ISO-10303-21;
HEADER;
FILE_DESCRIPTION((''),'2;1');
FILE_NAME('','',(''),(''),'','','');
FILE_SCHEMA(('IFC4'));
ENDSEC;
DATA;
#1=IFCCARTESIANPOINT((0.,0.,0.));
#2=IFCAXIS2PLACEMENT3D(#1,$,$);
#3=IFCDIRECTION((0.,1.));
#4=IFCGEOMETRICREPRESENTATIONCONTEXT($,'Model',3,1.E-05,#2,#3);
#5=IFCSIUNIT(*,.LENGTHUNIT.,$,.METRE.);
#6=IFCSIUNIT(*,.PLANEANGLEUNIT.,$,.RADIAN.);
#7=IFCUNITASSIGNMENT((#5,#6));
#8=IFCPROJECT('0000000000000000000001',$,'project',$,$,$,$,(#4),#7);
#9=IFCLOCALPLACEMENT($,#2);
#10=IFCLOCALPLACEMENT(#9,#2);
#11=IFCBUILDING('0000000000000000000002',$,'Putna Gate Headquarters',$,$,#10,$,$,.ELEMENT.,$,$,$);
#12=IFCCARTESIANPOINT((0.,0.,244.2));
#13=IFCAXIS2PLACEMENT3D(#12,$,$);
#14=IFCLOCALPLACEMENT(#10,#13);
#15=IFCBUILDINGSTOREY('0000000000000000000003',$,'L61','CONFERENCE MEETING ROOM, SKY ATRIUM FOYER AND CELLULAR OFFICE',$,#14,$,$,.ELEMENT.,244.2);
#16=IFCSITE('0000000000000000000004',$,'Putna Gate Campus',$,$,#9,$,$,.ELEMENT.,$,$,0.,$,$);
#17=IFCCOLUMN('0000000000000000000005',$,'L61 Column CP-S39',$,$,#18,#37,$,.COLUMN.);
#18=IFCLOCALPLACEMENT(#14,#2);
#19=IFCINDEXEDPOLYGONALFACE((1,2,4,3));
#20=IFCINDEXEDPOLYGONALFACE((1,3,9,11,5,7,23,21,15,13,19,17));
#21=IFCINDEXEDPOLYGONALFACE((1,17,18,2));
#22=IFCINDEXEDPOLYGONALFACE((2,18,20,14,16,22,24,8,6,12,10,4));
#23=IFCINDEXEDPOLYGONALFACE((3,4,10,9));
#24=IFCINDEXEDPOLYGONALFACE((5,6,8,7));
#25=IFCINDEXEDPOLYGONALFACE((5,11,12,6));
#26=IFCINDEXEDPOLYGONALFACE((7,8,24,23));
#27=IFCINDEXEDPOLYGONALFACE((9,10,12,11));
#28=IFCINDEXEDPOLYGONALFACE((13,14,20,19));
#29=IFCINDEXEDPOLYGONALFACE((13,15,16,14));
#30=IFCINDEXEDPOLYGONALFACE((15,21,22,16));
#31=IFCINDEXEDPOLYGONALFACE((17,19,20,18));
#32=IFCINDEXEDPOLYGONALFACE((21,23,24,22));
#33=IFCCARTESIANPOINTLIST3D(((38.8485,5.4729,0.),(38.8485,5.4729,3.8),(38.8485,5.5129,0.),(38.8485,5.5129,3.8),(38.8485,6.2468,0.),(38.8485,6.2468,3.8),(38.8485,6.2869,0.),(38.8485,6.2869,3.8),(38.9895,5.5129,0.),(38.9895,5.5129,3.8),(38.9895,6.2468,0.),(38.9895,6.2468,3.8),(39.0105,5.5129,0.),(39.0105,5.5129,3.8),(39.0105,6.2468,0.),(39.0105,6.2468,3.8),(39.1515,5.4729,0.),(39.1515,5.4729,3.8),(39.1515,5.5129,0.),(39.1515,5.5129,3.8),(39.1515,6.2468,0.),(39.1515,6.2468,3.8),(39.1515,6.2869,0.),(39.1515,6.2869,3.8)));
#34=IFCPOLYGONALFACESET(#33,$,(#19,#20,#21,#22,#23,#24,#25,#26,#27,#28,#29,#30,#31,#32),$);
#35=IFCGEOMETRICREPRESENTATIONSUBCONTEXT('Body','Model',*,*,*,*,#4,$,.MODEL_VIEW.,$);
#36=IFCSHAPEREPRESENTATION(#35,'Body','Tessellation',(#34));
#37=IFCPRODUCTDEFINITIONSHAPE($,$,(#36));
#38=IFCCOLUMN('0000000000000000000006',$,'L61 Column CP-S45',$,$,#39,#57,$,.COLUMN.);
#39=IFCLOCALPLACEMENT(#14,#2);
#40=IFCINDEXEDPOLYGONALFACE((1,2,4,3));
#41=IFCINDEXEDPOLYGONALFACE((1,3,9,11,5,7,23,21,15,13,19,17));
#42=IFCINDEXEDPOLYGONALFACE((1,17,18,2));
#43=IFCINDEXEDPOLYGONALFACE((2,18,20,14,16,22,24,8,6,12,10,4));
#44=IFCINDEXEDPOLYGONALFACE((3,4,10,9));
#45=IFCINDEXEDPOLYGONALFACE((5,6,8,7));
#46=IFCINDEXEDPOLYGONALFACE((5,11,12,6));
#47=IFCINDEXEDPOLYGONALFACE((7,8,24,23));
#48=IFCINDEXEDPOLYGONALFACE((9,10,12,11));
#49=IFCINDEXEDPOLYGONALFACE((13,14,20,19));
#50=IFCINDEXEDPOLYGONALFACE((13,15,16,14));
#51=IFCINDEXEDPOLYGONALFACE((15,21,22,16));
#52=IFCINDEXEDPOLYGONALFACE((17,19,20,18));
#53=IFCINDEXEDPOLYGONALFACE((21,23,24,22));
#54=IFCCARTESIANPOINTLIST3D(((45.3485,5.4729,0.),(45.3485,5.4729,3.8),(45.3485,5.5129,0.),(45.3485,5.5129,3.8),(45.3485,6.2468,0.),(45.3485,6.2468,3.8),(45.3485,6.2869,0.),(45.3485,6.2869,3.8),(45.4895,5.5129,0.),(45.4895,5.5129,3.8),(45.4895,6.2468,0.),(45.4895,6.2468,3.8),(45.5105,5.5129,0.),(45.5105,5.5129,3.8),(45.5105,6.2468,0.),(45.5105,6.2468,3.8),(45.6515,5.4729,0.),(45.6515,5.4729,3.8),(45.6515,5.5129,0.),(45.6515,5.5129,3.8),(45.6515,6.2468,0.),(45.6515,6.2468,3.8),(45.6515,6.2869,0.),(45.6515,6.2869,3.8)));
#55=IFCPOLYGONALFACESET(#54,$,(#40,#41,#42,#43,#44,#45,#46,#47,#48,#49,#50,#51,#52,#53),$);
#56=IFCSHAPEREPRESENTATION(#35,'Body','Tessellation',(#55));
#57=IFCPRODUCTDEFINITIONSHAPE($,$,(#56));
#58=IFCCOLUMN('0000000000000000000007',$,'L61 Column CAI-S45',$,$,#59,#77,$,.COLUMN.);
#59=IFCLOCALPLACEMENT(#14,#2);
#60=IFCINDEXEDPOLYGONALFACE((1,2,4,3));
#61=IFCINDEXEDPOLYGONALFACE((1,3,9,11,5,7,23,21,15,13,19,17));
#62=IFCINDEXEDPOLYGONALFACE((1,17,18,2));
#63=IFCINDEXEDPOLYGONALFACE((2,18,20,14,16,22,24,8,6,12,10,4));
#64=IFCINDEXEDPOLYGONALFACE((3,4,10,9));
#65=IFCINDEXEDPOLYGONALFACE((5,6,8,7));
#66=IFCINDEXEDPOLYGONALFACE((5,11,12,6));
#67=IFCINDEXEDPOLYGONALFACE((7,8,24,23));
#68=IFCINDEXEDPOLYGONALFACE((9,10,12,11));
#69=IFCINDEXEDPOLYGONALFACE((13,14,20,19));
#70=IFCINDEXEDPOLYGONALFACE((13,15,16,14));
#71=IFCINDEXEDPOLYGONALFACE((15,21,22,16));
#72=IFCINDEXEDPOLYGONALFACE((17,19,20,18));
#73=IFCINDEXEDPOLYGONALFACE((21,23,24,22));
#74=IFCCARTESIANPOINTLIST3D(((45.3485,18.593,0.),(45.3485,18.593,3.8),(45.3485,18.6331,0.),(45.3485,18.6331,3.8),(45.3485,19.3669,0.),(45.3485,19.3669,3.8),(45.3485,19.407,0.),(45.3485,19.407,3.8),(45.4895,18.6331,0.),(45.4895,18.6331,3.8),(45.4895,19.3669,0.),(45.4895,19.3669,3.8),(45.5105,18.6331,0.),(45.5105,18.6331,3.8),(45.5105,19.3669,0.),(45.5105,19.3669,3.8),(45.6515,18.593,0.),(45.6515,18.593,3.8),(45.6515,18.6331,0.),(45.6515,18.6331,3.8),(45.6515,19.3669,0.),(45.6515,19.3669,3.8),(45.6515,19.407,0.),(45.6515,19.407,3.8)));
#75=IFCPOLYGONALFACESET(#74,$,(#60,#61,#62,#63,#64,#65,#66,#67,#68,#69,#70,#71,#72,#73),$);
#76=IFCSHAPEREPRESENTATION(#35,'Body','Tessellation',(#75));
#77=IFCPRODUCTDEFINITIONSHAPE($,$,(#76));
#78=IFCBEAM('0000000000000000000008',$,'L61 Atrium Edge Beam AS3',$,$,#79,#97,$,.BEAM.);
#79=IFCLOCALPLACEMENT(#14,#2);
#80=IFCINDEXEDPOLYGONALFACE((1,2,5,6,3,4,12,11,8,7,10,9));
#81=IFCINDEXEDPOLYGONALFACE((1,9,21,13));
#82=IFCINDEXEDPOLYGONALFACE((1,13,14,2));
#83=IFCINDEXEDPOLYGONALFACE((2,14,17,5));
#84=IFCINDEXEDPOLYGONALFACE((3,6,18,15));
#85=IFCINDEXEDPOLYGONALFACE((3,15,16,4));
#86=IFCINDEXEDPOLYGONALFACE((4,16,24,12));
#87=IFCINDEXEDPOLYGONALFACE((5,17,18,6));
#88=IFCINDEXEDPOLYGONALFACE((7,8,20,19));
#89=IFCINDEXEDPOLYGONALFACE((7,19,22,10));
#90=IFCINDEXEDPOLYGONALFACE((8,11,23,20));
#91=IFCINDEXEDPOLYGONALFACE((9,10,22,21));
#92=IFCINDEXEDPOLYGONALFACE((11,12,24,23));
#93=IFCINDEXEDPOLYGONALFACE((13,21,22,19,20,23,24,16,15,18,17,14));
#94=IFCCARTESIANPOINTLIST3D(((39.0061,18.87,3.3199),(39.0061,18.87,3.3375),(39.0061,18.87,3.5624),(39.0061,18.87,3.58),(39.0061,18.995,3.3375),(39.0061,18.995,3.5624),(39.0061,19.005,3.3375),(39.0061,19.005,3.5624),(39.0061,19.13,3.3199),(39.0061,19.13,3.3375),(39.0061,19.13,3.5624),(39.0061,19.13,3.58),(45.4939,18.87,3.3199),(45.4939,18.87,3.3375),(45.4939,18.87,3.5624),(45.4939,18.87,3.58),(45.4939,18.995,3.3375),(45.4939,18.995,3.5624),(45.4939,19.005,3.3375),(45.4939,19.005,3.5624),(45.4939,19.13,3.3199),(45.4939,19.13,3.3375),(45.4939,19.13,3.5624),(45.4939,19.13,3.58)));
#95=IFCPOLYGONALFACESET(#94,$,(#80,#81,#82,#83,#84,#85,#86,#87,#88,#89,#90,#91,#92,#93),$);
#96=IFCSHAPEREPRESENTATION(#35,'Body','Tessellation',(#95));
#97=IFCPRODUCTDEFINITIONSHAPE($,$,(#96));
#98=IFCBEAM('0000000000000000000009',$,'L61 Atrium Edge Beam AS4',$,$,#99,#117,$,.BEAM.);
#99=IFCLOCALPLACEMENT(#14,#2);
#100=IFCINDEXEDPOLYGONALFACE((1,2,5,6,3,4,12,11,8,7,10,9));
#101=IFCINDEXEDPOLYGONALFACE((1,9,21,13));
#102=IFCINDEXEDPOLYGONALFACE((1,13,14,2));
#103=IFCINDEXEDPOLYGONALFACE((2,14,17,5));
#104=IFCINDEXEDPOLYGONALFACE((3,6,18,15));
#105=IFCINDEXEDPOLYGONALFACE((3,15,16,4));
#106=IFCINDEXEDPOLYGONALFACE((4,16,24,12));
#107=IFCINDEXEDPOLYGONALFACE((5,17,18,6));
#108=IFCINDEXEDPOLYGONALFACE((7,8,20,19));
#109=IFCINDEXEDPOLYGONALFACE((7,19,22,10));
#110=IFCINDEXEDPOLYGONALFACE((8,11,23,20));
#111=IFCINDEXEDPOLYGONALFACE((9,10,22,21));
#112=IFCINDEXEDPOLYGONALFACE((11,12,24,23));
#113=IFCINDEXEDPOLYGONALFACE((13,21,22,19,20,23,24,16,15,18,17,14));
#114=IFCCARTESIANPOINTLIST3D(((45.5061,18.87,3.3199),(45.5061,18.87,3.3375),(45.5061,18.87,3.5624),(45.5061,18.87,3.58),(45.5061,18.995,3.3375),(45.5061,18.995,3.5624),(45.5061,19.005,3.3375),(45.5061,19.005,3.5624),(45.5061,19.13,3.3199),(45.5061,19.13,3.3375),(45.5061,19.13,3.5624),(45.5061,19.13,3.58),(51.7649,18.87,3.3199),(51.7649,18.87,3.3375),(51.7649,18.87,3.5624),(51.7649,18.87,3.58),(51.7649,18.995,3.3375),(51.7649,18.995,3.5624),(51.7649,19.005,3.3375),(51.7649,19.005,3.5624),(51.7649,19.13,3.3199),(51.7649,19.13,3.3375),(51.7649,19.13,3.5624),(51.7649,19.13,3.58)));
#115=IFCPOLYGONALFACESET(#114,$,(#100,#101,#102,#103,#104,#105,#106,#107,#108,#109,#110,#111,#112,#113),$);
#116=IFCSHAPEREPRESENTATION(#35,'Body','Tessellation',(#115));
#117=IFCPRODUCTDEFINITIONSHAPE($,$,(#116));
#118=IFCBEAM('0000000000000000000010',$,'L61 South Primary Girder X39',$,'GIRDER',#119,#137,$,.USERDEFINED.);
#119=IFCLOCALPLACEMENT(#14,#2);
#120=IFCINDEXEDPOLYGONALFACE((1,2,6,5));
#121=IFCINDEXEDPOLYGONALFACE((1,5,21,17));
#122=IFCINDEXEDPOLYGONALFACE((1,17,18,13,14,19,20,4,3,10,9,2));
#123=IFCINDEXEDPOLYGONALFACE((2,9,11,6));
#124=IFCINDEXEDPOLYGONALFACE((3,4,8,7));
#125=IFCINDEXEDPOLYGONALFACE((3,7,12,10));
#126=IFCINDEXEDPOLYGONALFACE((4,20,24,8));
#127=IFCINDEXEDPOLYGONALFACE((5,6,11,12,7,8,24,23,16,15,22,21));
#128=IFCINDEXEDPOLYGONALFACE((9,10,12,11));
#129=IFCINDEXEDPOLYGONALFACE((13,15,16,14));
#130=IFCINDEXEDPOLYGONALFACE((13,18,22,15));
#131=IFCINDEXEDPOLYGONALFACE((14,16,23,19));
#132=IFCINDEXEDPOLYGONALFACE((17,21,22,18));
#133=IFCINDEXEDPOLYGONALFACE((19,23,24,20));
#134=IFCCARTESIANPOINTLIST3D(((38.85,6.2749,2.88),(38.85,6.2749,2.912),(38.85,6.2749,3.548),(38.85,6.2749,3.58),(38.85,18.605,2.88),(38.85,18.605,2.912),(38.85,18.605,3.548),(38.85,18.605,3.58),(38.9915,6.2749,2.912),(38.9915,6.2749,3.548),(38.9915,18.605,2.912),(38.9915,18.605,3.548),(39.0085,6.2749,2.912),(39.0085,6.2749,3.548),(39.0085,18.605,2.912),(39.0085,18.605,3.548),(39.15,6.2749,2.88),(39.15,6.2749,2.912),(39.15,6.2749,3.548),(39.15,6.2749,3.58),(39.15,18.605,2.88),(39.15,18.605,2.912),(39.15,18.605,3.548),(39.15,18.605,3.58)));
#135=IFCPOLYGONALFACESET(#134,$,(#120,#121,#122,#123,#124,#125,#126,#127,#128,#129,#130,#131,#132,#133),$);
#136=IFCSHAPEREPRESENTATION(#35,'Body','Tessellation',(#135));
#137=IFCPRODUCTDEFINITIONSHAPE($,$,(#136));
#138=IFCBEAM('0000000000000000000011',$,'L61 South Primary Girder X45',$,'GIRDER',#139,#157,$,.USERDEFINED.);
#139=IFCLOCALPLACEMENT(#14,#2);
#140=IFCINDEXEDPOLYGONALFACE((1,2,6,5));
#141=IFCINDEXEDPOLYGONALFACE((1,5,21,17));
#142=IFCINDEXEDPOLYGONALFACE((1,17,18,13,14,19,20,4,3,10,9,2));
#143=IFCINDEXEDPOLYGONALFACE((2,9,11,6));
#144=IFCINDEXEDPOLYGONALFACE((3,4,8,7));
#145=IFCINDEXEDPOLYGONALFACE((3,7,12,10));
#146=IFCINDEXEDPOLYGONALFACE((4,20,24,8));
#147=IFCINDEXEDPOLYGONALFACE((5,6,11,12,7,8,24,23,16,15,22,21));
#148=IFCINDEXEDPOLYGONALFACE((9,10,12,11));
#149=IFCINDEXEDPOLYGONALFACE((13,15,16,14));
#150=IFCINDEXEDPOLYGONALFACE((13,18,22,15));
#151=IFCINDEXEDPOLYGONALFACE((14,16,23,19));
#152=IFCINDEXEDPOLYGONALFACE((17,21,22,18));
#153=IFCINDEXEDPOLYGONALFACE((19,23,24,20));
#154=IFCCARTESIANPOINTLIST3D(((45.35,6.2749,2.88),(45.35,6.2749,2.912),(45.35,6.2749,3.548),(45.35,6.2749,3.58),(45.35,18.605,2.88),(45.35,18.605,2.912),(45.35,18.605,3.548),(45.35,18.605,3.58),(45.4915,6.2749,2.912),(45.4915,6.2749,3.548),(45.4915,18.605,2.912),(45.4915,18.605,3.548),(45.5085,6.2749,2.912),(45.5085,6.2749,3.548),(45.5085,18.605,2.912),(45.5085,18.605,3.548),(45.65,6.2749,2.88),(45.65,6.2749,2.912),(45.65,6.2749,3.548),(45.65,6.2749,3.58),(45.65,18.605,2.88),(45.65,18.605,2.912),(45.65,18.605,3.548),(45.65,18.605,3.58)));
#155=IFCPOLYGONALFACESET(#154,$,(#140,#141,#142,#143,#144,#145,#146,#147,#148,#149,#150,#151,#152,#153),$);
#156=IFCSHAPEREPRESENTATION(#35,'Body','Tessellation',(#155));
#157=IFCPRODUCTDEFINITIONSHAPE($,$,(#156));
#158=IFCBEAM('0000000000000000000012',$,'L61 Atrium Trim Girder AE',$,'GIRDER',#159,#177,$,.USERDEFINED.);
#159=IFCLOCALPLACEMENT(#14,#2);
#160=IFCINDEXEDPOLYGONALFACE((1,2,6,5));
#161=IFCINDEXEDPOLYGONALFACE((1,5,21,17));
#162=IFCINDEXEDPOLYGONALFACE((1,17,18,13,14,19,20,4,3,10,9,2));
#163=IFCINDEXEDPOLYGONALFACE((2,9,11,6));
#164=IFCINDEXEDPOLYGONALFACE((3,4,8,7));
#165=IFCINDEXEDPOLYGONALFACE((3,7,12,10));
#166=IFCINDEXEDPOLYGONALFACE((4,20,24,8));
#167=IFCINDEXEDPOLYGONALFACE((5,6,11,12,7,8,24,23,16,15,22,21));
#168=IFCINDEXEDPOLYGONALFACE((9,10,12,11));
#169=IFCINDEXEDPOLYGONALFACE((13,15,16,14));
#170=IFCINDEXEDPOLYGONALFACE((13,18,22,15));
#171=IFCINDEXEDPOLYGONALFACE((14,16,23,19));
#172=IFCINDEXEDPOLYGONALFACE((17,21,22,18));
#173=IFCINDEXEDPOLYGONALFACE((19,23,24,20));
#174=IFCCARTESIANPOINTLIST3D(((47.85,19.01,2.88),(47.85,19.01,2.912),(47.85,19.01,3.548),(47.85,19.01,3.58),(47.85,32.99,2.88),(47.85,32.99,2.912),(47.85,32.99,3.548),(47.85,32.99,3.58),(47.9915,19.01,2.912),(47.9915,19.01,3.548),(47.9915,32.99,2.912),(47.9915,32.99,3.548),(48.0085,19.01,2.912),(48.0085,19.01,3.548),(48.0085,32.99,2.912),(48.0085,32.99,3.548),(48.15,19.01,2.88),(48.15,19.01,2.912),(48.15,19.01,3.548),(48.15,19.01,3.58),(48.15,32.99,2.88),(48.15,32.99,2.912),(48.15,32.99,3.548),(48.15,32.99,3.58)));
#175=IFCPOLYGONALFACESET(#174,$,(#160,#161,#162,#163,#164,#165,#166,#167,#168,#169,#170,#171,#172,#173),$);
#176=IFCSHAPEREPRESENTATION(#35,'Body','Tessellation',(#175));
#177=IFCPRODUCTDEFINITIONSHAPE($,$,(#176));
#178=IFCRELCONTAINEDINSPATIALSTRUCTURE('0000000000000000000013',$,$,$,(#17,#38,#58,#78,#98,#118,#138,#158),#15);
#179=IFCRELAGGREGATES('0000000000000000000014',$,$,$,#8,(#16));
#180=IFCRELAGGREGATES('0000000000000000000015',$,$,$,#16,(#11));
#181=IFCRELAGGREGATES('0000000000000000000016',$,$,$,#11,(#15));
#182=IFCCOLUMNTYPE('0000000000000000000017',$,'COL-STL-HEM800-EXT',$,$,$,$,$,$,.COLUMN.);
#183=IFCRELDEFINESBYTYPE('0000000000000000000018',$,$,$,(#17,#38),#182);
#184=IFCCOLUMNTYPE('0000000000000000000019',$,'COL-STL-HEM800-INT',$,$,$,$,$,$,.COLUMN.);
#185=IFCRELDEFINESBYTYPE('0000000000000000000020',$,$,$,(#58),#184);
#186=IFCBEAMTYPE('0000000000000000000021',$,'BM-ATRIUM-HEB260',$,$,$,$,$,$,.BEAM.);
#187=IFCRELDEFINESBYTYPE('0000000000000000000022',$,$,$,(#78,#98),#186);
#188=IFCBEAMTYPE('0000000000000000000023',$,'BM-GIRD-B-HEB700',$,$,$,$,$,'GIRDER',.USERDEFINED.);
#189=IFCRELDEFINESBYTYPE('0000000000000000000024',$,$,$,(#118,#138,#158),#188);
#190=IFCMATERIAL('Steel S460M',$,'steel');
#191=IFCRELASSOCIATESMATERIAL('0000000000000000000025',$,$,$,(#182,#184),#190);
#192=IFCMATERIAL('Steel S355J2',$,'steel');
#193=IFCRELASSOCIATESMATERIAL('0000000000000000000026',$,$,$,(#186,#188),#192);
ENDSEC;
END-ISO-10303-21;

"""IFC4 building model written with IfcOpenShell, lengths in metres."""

from ifc_helpers import new_model, si_unit, direction, frame, origin, origin_2d, place, context, subcontext, project, spatial, i_section, extrude, material, material_profile, profile_set, type_object, element, save


model = new_model("IFC4")

# Units and contexts
model_context = context("Model", 3, precision=1e-05, world=origin(), true_north=direction((0.0, 1.0)))
body_context = subcontext(model_context, "Body", "Model", "MODEL_VIEW")
ifc_project = project(units=[si_unit("LENGTHUNIT", "METRE"), si_unit("PLANEANGLEUNIT", "RADIAN")], contexts=[model_context])

# Site, building, storey
site_placement = place(None, origin())
site = spatial("IfcSite", under=ifc_project, at=site_placement, Name="Putna Gate Campus", CompositionType="ELEMENT", RefElevation=0.0)
building_placement = place(site_placement, origin())
building = spatial("IfcBuilding", under=site, at=building_placement, Name="Putna Gate Headquarters", CompositionType="ELEMENT")
storey_placement = place(building_placement, frame((0.0, 0.0, 244.2)))
storey = spatial("IfcBuildingStorey", under=building, at=storey_placement, Name="L61", Description="CONFERENCE MEETING ROOM, SKY ATRIUM FOYER AND CELLULAR OFFICE", CompositionType="ELEMENT", Elevation=244.2)

# Columns
ifc_material_1 = material(Name="Steel S460M", Category="steel")
ifc_material_profile_1 = material_profile(ifc_material_1, i_section(OverallWidth=0.303, OverallDepth=0.814, WebThickness=0.021, FlangeThickness=0.04, at=origin_2d()), Name="Steel S460M")
ifc_profile_set_1 = profile_set([ifc_material_profile_1], Name="Steel S460M")
column_type_1 = type_object("IfcColumnType", Name="COL-STL-HEM800-EXT", PredefinedType="COLUMN", material=ifc_profile_set_1)
for number, where, z_axis, x_axis, name in (
    (1, (39.0, 5.8799, 0.0), (0.0, 0.0, 1.0), (1.0, 0.0, 0.0), "L61 Column CP-S39"),
    (2, (45.5, 5.8799, 0.0), (0.0, 0.0, 1.0), (1.0, 0.0, 0.0), "L61 Column CP-S45"),
):
    element("IfcColumn", number, at=place(storey_placement, frame(where, z_axis=z_axis, x_axis=x_axis)), inside=storey, type_object=column_type_1, Name=name, PredefinedType="COLUMN", context=body_context, shape_type="SweptSolid", body=[
        extrude(i_section(OverallWidth=0.303, OverallDepth=0.814, WebThickness=0.021, FlangeThickness=0.04, at=origin_2d()), origin(), (0.0, 0.0, 1.0), 3.8),
    ])
ifc_material_profile_2 = material_profile(ifc_material_1, i_section(OverallWidth=0.303, OverallDepth=0.814, WebThickness=0.021, FlangeThickness=0.04, at=origin_2d()), Name="Steel S460M")
ifc_profile_set_2 = profile_set([ifc_material_profile_2], Name="Steel S460M")
column_type_2 = type_object("IfcColumnType", Name="COL-STL-HEM800-INT", PredefinedType="COLUMN", material=ifc_profile_set_2)
column_placement = place(storey_placement, frame((45.5, 19.0, 0.0), z_axis=(0.0, 0.0, 1.0), x_axis=(1.0, 0.0, 0.0)))
element("IfcColumn", 3, at=column_placement, inside=storey, type_object=column_type_2, Name="L61 Column CAI-S45", PredefinedType="COLUMN", context=body_context, shape_type="SweptSolid", body=[
    extrude(i_section(OverallWidth=0.303, OverallDepth=0.814, WebThickness=0.021, FlangeThickness=0.04, at=origin_2d()), origin(), (0.0, 0.0, 1.0), 3.8),
])

# Beams
ifc_material_2 = material(Name="Steel S355J2", Category="steel")
ifc_material_profile_3 = material_profile(ifc_material_2, i_section(OverallWidth=0.26, OverallDepth=0.26, WebThickness=0.01, FlangeThickness=0.0176, at=origin_2d()), Name="Steel S355J2")
ifc_profile_set_3 = profile_set([ifc_material_profile_3], Name="Steel S355J2")
beam_type_1 = type_object("IfcBeamType", Name="BM-ATRIUM-HEB260", PredefinedType="BEAM", material=ifc_profile_set_3)
beam_1_placement = place(storey_placement, frame((39.0061, 19.0, 3.45), z_axis=(1.0, 0.0, 0.0), x_axis=(0.0, 1.0, 0.0)))
element("IfcBeam", 4, at=beam_1_placement, inside=storey, type_object=beam_type_1, Name="L61 Atrium Edge Beam AS3", PredefinedType="BEAM", context=body_context, shape_type="SweptSolid", body=[
    extrude(i_section(OverallWidth=0.26, OverallDepth=0.26, WebThickness=0.01, FlangeThickness=0.0176, at=origin_2d()), origin(), (0.0, 0.0, 1.0), 6.4878),
])
beam_2_placement = place(storey_placement, frame((45.5061, 19.0, 3.45), z_axis=(1.0, 0.0, 0.0), x_axis=(0.0, 1.0, 0.0)))
element("IfcBeam", 5, at=beam_2_placement, inside=storey, type_object=beam_type_1, Name="L61 Atrium Edge Beam AS4", PredefinedType="BEAM", context=body_context, shape_type="SweptSolid", body=[
    extrude(i_section(OverallWidth=0.26, OverallDepth=0.26, WebThickness=0.01, FlangeThickness=0.0176, at=origin_2d()), origin(), (0.0, 0.0, 1.0), 6.2588),
])
ifc_material_profile_4 = material_profile(ifc_material_2, i_section(OverallWidth=0.3, OverallDepth=0.7, WebThickness=0.0171, FlangeThickness=0.032, at=origin_2d()), Name="Steel S355J2")
ifc_profile_set_4 = profile_set([ifc_material_profile_4], Name="Steel S355J2")
beam_type_2 = type_object("IfcBeamType", Name="BM-GIRD-B-HEB700", ElementType="GIRDER", PredefinedType="USERDEFINED", material=ifc_profile_set_4)
for number, where, z_axis, x_axis, name in (
    (6, (39.0, 6.2749, 3.23), (0.0, 1.0, 0.0), (-1.0, 0.0, 0.0), "L61 South Primary Girder X39"),
    (7, (45.5, 6.2749, 3.23), (0.0, 1.0, 0.0), (-1.0, 0.0, 0.0), "L61 South Primary Girder X45"),
):
    element("IfcBeam", number, at=place(storey_placement, frame(where, z_axis=z_axis, x_axis=x_axis)), inside=storey, type_object=beam_type_2, Name=name, ObjectType="GIRDER", PredefinedType="USERDEFINED", context=body_context, shape_type="SweptSolid", body=[
        extrude(i_section(OverallWidth=0.3, OverallDepth=0.7, WebThickness=0.0171, FlangeThickness=0.032, at=origin_2d()), origin(), (0.0, 0.0, 1.0), 12.3301),
    ])
beam_3_placement = place(storey_placement, frame((48.0, 19.01, 3.23), z_axis=(0.0, 1.0, 0.0), x_axis=(-1.0, 0.0, 0.0)))
element("IfcBeam", 8, at=beam_3_placement, inside=storey, type_object=beam_type_2, Name="L61 Atrium Trim Girder AE", ObjectType="GIRDER", PredefinedType="USERDEFINED", context=body_context, shape_type="SweptSolid", body=[
    extrude(i_section(OverallWidth=0.3, OverallDepth=0.7, WebThickness=0.0171, FlangeThickness=0.032, at=origin_2d()), origin(), (0.0, 0.0, 1.0), 13.98),
])

save(model, "model.ifc")
